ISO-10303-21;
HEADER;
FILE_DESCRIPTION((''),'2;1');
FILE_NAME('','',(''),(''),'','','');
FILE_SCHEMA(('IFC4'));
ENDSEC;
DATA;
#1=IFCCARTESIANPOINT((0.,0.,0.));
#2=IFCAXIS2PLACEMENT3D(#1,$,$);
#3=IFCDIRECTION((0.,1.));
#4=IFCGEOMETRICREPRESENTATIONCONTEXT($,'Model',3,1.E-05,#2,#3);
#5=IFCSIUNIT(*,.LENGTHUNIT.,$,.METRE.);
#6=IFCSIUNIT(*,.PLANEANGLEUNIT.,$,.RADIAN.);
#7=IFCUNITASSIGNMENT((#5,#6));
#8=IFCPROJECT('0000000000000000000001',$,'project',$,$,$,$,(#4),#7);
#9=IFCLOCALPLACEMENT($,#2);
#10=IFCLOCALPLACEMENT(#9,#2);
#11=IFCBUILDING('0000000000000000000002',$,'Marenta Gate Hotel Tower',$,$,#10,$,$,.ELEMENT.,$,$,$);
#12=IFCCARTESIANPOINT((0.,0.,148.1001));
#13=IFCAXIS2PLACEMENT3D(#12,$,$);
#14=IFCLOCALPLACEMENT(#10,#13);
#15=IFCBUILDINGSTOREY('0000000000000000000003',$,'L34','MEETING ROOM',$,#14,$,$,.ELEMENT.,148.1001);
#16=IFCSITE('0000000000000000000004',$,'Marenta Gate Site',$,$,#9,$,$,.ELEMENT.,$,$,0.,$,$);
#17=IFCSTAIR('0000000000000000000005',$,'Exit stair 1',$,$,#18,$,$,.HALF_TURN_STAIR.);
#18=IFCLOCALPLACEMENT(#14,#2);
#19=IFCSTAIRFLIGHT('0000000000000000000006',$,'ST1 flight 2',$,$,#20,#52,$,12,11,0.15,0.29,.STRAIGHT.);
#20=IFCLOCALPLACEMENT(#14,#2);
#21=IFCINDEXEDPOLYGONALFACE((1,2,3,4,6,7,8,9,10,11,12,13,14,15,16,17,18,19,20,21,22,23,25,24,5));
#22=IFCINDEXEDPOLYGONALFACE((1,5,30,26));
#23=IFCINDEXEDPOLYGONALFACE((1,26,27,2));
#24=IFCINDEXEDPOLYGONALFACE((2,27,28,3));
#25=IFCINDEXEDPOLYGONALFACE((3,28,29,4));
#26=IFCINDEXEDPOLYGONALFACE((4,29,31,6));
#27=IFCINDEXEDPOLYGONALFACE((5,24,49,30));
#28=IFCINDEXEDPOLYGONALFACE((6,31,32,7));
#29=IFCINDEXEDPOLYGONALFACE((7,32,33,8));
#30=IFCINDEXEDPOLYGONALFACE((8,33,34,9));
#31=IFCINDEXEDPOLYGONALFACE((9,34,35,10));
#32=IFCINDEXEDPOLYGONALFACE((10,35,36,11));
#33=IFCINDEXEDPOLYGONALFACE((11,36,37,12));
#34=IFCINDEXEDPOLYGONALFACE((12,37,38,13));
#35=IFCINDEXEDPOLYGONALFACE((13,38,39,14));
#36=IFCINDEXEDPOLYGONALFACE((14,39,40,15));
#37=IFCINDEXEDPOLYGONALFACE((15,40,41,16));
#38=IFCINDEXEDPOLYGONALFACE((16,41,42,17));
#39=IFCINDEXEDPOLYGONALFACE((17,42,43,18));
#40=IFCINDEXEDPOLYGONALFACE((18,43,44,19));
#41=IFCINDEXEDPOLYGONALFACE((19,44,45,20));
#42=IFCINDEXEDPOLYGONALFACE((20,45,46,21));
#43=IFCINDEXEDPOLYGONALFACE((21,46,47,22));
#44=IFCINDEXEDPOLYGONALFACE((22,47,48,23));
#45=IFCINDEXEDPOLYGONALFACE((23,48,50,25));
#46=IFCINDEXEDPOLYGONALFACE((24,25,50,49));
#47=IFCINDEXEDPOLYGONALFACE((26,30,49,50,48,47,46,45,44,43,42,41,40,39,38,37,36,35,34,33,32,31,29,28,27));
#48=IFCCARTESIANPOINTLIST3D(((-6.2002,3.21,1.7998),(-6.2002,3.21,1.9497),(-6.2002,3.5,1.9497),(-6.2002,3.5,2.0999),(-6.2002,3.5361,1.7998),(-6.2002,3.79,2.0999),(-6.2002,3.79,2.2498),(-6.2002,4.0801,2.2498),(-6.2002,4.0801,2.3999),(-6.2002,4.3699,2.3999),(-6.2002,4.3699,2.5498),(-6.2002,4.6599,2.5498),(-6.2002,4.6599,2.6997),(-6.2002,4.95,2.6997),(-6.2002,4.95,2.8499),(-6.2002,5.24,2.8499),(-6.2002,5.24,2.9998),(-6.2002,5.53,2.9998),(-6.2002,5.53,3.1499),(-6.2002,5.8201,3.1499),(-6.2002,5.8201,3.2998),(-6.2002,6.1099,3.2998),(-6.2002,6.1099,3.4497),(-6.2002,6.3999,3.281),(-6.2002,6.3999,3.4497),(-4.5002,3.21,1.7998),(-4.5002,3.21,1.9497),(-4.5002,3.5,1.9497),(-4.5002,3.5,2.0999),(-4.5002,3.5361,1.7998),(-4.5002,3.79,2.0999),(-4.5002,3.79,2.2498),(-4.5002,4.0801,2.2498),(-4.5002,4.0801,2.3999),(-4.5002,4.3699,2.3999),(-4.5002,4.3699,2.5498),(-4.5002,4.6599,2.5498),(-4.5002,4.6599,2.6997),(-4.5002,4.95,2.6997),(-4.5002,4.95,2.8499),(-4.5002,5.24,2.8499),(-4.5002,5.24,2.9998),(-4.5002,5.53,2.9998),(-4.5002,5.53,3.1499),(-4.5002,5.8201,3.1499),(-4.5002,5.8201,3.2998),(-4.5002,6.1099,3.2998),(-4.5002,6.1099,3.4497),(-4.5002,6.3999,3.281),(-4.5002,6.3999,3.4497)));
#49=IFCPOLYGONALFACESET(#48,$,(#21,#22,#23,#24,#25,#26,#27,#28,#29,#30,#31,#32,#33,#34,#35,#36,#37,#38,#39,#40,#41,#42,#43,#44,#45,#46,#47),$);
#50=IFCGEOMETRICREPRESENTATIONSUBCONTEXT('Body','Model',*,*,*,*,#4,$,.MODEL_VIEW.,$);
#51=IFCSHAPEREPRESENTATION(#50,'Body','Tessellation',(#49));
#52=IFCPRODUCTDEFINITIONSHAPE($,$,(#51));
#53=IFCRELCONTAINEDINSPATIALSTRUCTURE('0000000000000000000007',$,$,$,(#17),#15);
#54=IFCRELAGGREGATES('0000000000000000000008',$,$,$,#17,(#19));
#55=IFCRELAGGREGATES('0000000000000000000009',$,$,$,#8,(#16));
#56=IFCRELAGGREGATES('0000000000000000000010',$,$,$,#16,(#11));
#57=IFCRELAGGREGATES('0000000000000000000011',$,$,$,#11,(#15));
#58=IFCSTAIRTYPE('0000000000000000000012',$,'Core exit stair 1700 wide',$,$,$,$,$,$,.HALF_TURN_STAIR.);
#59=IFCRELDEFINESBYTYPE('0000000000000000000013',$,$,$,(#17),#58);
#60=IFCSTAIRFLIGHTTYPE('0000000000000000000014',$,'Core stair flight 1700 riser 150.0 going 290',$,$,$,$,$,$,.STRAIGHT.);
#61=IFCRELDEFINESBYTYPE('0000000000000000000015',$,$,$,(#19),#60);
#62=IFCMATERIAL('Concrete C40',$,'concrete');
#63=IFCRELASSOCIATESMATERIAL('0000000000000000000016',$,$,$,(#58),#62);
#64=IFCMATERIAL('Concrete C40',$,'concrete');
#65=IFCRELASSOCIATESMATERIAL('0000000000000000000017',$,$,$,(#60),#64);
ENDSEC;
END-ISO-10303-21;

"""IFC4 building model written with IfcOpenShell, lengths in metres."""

from ifc_helpers import new_model, si_unit, direction, frame, origin, place, context, subcontext, project, spatial, polyline, outline, extrude, material, type_object, element, aggregate, save


model = new_model("IFC4")

# Units and contexts
model_context = context("Model", 3, precision=1e-05, world=origin(), true_north=direction((0.0, 1.0)))
body_context = subcontext(model_context, "Body", "Model", "MODEL_VIEW")
ifc_project = project(units=[si_unit("LENGTHUNIT", "METRE"), si_unit("PLANEANGLEUNIT", "RADIAN")], contexts=[model_context])

# Site, building, storey
site_placement = place(None, origin())
site = spatial("IfcSite", under=ifc_project, at=site_placement, Name="Marenta Gate Site", CompositionType="ELEMENT", RefElevation=0.0)
building_placement = place(site_placement, origin())
building = spatial("IfcBuilding", under=site, at=building_placement, Name="Marenta Gate Hotel Tower", CompositionType="ELEMENT")
storey_placement = place(building_placement, frame((0.0, 0.0, 148.1001)))
storey = spatial("IfcBuildingStorey", under=building, at=storey_placement, Name="L34", Description="MEETING ROOM", CompositionType="ELEMENT", Elevation=148.1001)

# Stair, stair flight
ifc_material_1 = material(Name="Concrete C40", Category="concrete")
stair_type = type_object("IfcStairType", Name="Core exit stair 1700 wide", PredefinedType="HALF_TURN_STAIR", material=ifc_material_1)
stair_placement = place(storey_placement, origin())
stair = element("IfcStair", 1, at=stair_placement, inside=storey, type_object=stair_type, Name="Exit stair 1", PredefinedType="HALF_TURN_STAIR")
ifc_material_2 = material(Name="Concrete C40", Category="concrete")
stair_flight_type = type_object("IfcStairFlightType", Name="Core stair flight 1700 riser 150.0 going 290", PredefinedType="STRAIGHT", material=ifc_material_2)
stair_flight_placement = place(storey_placement, frame((-5.3501, 3.21, 1.7998), z_axis=(0.0, 0.0, 1.0), x_axis=(0.0, 1.0, 0.0)))
stair_flight = element("IfcStairFlight", 2, at=stair_flight_placement, type_object=stair_flight_type, Name="ST1 flight 2", NumberOfRisers=12, NumberOfTreads=11, PredefinedType="STRAIGHT", RiserHeight=0.15, TreadLength=0.29, context=body_context, shape_type="SweptSolid", body=[
    extrude(outline(polyline([(0.0, 0.0), (0.0, 0.1499), (0.29, 0.1499), (0.29, 0.3), (0.5801, 0.3), (0.5801, 0.45), (0.8701, 0.45), (0.8701, 0.6001), (1.1599, 0.6001), (1.1599, 0.75), (1.45, 0.75), (1.45, 0.8999), (1.74, 0.8999), (1.74, 1.05), (2.03, 1.05), (2.03, 1.2), (2.3201, 1.2), (2.3201, 1.3501), (2.6101, 1.3501), (2.6101, 1.5), (2.8999, 1.5), (2.8999, 1.6499), (3.1899, 1.6499), (3.1899, 1.8), (3.1899, 1.4812), (0.3262, 0.0), (0.0, 0.0)])), frame((0.0, 0.8501, 0.0), z_axis=(0.0, -1.0, 0.0), x_axis=(1.0, 0.0, 0.0)), (0.0, 0.0, 1.0), 1.7),
])
aggregate(stair, [stair_flight])

save(model, "model.ifc")
